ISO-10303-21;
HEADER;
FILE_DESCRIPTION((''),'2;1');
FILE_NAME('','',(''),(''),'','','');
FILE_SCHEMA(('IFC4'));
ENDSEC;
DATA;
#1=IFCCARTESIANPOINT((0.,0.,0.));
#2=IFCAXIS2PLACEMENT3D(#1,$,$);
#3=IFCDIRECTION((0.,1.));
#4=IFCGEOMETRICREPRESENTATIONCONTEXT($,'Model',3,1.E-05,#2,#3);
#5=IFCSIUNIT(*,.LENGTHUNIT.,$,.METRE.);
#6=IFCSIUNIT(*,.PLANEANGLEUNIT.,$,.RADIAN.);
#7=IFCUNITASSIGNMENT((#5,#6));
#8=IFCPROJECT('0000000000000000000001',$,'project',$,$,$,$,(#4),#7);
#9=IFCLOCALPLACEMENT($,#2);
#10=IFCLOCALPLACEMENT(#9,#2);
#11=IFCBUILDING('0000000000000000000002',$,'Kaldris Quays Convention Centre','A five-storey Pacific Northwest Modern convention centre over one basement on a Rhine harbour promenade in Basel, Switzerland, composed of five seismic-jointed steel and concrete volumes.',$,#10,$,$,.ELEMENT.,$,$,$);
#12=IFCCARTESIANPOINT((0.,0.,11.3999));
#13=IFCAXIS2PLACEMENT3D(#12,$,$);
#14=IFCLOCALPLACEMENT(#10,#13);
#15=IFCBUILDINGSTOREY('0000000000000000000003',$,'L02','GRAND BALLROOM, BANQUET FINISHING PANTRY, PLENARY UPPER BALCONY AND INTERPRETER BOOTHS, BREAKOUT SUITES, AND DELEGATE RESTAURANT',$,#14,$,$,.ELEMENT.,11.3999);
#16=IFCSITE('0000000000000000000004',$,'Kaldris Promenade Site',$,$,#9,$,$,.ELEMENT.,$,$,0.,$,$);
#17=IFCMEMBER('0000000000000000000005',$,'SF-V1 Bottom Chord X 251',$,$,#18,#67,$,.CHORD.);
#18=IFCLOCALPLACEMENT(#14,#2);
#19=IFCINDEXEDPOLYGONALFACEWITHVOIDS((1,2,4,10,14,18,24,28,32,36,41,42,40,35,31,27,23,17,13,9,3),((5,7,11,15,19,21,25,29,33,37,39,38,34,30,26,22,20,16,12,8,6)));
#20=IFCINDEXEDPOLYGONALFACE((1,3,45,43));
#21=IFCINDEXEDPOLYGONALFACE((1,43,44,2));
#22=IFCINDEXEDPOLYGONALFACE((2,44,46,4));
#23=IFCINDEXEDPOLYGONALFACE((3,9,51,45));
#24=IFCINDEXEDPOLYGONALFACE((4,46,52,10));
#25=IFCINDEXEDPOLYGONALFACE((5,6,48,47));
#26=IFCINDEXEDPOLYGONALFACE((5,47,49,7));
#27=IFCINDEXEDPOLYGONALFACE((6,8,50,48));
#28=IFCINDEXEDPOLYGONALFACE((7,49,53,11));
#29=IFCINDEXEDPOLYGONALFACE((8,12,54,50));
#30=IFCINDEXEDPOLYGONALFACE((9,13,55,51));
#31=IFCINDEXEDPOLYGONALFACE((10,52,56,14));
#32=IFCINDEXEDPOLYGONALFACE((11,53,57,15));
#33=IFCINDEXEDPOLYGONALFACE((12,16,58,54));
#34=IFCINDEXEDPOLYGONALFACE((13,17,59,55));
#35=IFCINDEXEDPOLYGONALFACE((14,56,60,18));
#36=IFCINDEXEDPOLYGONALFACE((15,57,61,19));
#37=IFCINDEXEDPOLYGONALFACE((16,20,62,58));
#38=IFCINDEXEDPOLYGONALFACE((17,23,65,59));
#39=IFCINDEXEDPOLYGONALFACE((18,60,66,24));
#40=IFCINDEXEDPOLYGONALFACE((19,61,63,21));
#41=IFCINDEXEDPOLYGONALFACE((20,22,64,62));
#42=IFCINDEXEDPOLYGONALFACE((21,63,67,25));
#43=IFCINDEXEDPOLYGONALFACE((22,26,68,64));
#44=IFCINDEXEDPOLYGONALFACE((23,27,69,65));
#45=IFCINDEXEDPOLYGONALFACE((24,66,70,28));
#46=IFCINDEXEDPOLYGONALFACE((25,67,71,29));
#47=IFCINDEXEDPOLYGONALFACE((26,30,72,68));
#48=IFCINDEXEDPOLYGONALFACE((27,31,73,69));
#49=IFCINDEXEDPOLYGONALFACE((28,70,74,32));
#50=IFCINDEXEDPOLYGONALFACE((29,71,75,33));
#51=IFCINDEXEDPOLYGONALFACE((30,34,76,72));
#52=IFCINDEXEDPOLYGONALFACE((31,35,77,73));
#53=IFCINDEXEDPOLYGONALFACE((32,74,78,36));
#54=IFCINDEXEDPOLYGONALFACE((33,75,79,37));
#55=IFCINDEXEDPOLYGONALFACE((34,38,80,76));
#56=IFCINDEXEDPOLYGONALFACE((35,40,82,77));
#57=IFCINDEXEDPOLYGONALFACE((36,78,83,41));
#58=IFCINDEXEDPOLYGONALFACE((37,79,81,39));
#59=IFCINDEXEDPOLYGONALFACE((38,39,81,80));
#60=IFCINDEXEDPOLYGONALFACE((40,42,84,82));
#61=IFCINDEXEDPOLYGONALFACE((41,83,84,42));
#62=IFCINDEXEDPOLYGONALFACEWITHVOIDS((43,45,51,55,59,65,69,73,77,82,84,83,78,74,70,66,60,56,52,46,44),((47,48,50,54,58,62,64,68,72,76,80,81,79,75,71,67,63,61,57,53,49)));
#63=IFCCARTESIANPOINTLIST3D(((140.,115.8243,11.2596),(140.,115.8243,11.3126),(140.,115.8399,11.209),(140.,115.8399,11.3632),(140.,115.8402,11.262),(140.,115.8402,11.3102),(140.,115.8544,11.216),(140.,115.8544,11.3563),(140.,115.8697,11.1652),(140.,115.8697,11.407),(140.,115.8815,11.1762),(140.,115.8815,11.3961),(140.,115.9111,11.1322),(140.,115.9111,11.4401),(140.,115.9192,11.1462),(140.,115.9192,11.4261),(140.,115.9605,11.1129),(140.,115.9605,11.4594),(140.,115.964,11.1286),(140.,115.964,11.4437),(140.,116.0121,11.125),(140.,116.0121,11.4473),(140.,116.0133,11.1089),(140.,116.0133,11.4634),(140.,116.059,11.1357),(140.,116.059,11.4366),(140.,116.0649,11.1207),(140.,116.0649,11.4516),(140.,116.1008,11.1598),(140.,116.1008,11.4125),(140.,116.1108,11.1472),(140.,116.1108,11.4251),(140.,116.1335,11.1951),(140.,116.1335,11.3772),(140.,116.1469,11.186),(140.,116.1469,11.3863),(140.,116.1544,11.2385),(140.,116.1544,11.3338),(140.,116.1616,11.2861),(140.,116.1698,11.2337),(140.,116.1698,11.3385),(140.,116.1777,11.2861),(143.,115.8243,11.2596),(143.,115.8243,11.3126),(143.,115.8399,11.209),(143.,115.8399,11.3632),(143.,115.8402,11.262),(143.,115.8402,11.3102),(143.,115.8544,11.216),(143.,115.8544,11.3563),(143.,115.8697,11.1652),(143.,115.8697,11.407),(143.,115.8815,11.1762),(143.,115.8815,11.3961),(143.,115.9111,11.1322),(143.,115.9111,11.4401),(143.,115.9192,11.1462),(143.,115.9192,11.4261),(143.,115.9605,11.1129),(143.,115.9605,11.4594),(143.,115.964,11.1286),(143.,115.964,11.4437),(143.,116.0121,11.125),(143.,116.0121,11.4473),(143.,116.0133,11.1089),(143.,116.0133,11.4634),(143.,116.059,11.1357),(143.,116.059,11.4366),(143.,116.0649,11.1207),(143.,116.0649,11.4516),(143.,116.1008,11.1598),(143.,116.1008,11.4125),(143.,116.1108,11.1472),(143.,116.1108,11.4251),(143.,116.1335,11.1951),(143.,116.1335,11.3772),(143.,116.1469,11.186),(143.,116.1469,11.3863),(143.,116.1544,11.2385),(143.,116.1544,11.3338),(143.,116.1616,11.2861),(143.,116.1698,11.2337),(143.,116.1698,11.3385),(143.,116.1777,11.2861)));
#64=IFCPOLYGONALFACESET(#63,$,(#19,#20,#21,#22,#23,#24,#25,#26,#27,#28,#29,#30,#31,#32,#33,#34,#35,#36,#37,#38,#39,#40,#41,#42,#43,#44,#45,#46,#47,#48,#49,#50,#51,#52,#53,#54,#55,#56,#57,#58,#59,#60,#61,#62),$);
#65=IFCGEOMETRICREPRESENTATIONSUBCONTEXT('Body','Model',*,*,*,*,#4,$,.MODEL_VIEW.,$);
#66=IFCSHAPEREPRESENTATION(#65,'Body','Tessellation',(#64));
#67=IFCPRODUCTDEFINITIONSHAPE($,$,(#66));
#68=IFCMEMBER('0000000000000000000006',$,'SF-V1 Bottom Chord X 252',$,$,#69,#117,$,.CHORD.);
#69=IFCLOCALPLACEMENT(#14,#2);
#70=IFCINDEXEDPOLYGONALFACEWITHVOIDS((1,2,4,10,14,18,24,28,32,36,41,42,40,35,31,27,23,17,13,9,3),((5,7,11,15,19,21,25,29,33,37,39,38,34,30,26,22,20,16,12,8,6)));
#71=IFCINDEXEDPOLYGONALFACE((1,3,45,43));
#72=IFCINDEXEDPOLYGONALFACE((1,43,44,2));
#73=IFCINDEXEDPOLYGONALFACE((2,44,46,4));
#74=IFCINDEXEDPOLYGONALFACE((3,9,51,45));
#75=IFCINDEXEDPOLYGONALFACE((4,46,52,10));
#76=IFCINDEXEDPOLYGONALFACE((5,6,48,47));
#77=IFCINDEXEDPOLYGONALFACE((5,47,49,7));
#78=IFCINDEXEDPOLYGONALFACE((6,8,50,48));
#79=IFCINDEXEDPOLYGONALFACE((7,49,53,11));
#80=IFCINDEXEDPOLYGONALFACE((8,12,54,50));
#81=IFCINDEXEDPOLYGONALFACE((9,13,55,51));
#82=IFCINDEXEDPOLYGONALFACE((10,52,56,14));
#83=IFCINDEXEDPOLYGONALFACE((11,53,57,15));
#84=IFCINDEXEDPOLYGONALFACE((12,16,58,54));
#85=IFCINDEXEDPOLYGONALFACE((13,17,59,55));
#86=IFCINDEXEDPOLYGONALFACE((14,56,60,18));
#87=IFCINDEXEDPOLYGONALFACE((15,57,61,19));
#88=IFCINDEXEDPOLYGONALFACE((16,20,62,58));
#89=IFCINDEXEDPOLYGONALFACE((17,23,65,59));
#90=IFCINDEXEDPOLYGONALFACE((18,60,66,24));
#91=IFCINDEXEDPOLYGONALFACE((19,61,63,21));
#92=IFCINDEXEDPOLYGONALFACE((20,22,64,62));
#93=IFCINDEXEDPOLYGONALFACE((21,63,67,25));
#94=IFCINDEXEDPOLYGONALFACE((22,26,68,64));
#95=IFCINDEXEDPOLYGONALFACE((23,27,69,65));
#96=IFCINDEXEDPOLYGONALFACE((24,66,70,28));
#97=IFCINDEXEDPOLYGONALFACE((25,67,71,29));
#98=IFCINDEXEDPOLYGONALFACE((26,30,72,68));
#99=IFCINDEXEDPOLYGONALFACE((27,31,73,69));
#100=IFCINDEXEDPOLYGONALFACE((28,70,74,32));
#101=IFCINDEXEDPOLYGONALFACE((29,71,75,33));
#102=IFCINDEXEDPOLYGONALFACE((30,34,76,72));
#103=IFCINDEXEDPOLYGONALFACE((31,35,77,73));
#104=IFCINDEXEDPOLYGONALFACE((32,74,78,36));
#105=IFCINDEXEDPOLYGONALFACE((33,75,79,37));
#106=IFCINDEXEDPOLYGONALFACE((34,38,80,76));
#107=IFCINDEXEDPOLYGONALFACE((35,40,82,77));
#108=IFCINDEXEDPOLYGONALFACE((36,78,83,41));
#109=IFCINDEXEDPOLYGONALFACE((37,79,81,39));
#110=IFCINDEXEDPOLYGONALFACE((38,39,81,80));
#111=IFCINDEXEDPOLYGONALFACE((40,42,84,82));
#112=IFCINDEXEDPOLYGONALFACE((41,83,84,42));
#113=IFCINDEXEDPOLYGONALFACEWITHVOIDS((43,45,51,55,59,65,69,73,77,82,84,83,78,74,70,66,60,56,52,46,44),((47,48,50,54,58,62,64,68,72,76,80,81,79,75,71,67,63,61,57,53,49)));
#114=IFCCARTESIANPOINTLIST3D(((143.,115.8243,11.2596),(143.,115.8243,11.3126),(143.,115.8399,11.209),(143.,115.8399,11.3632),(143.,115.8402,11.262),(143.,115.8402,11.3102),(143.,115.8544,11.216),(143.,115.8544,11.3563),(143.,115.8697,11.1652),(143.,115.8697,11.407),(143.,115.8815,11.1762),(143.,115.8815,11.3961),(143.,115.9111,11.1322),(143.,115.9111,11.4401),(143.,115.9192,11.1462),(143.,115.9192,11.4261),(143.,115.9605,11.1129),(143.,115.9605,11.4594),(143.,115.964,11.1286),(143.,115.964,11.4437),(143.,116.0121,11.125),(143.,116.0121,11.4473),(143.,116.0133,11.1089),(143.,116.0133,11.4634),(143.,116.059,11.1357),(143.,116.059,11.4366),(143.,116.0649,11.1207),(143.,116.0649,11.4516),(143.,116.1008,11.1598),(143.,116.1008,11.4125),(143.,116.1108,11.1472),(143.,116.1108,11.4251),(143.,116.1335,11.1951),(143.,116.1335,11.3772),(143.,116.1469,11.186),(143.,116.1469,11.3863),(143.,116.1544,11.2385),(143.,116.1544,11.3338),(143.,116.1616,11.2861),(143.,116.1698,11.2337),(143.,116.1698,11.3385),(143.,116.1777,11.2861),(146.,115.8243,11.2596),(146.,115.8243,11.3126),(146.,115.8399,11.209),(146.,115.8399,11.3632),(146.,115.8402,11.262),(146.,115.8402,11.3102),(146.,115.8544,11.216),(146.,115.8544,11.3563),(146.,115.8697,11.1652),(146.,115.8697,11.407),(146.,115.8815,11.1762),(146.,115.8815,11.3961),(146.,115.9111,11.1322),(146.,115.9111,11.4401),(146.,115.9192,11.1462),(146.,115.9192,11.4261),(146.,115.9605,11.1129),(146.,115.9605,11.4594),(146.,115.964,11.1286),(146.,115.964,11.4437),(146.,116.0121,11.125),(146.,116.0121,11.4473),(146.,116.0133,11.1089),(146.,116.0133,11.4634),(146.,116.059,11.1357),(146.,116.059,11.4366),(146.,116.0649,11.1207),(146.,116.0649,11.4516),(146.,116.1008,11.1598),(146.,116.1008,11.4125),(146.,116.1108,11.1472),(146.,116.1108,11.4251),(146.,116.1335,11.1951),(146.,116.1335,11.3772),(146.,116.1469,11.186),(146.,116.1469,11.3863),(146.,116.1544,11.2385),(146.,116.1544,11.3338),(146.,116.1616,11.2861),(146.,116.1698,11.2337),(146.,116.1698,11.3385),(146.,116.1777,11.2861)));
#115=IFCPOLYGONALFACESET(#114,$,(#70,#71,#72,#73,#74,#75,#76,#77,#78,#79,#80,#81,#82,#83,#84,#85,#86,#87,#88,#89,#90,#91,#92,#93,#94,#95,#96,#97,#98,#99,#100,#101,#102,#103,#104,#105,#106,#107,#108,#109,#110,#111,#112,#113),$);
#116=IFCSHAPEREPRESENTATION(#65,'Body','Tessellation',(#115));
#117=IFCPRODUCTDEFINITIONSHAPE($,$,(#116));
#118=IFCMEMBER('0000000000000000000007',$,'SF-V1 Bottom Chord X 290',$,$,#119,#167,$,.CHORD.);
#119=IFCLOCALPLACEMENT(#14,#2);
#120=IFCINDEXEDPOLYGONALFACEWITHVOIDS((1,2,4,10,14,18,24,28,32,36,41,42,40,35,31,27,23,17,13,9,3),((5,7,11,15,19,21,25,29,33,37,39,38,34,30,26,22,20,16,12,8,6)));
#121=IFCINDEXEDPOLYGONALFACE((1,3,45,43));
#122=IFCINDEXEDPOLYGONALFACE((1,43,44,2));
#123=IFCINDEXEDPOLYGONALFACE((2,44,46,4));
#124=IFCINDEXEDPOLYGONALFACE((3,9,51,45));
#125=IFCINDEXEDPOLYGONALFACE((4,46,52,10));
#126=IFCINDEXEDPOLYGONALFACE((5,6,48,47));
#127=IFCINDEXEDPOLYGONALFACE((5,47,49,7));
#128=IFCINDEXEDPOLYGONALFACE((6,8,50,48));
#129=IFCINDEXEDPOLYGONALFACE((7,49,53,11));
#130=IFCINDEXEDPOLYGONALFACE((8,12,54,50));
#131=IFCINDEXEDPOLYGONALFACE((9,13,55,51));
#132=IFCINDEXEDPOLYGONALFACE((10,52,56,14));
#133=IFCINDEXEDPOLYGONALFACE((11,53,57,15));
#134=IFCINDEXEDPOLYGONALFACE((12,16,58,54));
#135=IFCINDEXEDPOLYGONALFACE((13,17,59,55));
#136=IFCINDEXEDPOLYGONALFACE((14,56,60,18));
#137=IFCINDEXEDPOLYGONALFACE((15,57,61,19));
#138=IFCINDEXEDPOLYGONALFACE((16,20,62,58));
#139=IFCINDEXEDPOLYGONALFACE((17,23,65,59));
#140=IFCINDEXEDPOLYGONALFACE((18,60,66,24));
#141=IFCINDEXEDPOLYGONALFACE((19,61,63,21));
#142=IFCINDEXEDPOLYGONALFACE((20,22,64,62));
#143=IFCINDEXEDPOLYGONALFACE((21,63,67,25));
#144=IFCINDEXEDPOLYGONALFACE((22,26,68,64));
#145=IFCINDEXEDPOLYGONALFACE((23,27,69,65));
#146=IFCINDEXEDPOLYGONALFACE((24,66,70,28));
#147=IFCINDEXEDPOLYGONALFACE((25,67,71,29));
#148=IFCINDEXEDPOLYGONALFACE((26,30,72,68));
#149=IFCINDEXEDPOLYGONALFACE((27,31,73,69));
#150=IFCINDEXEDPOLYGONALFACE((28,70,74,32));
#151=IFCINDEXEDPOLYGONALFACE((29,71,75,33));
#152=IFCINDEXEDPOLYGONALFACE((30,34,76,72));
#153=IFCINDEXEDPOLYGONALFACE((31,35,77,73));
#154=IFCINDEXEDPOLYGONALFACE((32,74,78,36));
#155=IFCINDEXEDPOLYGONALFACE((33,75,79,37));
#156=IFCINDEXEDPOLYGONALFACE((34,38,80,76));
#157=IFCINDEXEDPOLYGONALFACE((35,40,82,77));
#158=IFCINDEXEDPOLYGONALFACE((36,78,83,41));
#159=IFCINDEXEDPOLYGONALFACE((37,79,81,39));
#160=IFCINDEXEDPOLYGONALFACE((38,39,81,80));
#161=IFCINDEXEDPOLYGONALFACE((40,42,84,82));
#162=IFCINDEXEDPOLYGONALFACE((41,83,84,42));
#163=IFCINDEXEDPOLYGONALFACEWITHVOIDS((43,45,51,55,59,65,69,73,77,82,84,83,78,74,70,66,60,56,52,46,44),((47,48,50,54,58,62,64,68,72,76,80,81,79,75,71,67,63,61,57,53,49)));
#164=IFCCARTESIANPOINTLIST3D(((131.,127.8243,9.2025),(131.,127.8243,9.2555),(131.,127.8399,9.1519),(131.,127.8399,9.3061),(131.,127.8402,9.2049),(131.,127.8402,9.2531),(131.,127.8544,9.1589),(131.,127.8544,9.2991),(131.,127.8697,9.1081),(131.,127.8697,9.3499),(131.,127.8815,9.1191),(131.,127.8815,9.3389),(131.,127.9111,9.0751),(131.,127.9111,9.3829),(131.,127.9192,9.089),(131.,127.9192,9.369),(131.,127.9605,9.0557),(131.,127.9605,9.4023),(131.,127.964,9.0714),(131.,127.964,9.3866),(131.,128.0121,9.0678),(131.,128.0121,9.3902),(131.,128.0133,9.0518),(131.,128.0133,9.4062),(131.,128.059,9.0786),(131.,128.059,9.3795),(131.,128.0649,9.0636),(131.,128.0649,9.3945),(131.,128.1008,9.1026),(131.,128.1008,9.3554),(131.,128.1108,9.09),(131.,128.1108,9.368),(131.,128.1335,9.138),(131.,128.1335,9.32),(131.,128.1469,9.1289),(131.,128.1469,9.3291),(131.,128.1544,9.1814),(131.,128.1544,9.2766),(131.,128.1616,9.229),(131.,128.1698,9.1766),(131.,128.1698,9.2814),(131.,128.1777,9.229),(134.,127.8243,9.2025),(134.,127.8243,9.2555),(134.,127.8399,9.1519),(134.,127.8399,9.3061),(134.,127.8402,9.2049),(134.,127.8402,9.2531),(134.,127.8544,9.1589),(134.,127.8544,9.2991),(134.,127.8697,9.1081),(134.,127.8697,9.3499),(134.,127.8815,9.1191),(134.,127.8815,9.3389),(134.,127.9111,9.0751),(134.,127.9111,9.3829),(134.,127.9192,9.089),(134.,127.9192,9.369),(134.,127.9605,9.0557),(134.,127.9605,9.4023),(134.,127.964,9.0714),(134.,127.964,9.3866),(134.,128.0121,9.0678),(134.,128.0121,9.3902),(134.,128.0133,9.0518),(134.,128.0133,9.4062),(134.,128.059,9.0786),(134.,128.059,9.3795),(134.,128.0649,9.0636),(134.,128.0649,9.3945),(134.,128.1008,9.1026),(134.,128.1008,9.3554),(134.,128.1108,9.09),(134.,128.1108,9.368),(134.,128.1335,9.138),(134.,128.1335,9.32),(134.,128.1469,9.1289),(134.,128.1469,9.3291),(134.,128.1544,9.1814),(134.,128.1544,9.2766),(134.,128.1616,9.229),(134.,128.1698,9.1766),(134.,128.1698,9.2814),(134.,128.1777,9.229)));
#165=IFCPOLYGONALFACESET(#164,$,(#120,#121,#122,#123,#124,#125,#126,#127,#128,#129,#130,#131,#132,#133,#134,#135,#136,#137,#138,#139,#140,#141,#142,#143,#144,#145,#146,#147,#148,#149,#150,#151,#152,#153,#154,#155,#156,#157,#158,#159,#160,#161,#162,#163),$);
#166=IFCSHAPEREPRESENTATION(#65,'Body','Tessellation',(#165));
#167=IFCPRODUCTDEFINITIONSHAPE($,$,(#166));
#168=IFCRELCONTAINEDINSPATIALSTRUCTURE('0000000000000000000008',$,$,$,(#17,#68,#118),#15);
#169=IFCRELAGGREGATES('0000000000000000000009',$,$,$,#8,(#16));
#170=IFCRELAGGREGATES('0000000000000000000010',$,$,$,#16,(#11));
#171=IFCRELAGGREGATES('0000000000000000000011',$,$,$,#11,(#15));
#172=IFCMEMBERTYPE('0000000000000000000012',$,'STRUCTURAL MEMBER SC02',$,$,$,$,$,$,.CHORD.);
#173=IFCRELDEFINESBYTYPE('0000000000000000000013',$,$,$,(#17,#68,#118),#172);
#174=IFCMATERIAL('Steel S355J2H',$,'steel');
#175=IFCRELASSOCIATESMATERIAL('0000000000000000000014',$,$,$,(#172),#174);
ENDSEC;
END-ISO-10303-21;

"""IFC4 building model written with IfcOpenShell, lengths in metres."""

from ifc_helpers import new_model, si_unit, direction, frame, origin, origin_2d, place, context, subcontext, project, spatial, hollow_circle, extrude, material, material_profile, profile_set, type_object, element, save


model = new_model("IFC4")

# Units and contexts
model_context = context("Model", 3, precision=1e-05, world=origin(), true_north=direction((0.0, 1.0)))
body_context = subcontext(model_context, "Body", "Model", "MODEL_VIEW")
ifc_project = project(units=[si_unit("LENGTHUNIT", "METRE"), si_unit("PLANEANGLEUNIT", "RADIAN")], contexts=[model_context])

# Site, building, storey
site_placement = place(None, origin())
site = spatial("IfcSite", under=ifc_project, at=site_placement, Name="Kaldris Promenade Site", CompositionType="ELEMENT", RefElevation=0.0)
building_placement = place(site_placement, origin())
building = spatial("IfcBuilding", under=site, at=building_placement, Name="Kaldris Quays Convention Centre", Description="A five-storey Pacific Northwest Modern convention centre over one basement on a Rhine harbour promenade in Basel, Switzerland, composed of five seismic-jointed steel and concrete volumes.", CompositionType="ELEMENT")
storey_placement = place(building_placement, frame((0.0, 0.0, 11.3999)))
storey = spatial("IfcBuildingStorey", under=building, at=storey_placement, Name="L02", Description="GRAND BALLROOM, BANQUET FINISHING PANTRY, PLENARY UPPER BALCONY AND INTERPRETER BOOTHS, BREAKOUT SUITES, AND DELEGATE RESTAURANT", CompositionType="ELEMENT", Elevation=11.3999)

# Members
ifc_material_1 = material(Name="Steel S355J2H", Category="steel")
ifc_material_profile_1 = material_profile(ifc_material_1, hollow_circle(Radius=0.1777, WallThickness=0.0161, at=origin_2d()), Name="CHS 355.6x16")
ifc_profile_set_1 = profile_set([ifc_material_profile_1], Name="Steel S355J2H")
member_type_1 = type_object("IfcMemberType", Name="STRUCTURAL MEMBER SC02", PredefinedType="CHORD", material=ifc_profile_set_1)
for number, where, z_axis, x_axis, name in (
    (1, (140.0, 116.0, 11.2861), (1.0, 0.0, 0.0), (0.0, 1.0, 0.0), "SF-V1 Bottom Chord X 251"),
    (2, (143.0, 116.0, 11.2861), (1.0, 0.0, 0.0), (0.0, 1.0, 0.0), "SF-V1 Bottom Chord X 252"),
    (3, (131.0, 128.0, 9.229), (1.0, 0.0, 0.0), (0.0, 1.0, 0.0), "SF-V1 Bottom Chord X 290"),
):
    element("IfcMember", number, at=place(storey_placement, frame(where, z_axis=z_axis, x_axis=x_axis)), inside=storey, type_object=member_type_1, Name=name, PredefinedType="CHORD", context=body_context, shape_type="SweptSolid", body=[
        extrude(hollow_circle(Radius=0.1777, WallThickness=0.0161, at=origin_2d()), origin(), (0.0, 0.0, 1.0), 3.0),
    ])

save(model, "model.ifc")
